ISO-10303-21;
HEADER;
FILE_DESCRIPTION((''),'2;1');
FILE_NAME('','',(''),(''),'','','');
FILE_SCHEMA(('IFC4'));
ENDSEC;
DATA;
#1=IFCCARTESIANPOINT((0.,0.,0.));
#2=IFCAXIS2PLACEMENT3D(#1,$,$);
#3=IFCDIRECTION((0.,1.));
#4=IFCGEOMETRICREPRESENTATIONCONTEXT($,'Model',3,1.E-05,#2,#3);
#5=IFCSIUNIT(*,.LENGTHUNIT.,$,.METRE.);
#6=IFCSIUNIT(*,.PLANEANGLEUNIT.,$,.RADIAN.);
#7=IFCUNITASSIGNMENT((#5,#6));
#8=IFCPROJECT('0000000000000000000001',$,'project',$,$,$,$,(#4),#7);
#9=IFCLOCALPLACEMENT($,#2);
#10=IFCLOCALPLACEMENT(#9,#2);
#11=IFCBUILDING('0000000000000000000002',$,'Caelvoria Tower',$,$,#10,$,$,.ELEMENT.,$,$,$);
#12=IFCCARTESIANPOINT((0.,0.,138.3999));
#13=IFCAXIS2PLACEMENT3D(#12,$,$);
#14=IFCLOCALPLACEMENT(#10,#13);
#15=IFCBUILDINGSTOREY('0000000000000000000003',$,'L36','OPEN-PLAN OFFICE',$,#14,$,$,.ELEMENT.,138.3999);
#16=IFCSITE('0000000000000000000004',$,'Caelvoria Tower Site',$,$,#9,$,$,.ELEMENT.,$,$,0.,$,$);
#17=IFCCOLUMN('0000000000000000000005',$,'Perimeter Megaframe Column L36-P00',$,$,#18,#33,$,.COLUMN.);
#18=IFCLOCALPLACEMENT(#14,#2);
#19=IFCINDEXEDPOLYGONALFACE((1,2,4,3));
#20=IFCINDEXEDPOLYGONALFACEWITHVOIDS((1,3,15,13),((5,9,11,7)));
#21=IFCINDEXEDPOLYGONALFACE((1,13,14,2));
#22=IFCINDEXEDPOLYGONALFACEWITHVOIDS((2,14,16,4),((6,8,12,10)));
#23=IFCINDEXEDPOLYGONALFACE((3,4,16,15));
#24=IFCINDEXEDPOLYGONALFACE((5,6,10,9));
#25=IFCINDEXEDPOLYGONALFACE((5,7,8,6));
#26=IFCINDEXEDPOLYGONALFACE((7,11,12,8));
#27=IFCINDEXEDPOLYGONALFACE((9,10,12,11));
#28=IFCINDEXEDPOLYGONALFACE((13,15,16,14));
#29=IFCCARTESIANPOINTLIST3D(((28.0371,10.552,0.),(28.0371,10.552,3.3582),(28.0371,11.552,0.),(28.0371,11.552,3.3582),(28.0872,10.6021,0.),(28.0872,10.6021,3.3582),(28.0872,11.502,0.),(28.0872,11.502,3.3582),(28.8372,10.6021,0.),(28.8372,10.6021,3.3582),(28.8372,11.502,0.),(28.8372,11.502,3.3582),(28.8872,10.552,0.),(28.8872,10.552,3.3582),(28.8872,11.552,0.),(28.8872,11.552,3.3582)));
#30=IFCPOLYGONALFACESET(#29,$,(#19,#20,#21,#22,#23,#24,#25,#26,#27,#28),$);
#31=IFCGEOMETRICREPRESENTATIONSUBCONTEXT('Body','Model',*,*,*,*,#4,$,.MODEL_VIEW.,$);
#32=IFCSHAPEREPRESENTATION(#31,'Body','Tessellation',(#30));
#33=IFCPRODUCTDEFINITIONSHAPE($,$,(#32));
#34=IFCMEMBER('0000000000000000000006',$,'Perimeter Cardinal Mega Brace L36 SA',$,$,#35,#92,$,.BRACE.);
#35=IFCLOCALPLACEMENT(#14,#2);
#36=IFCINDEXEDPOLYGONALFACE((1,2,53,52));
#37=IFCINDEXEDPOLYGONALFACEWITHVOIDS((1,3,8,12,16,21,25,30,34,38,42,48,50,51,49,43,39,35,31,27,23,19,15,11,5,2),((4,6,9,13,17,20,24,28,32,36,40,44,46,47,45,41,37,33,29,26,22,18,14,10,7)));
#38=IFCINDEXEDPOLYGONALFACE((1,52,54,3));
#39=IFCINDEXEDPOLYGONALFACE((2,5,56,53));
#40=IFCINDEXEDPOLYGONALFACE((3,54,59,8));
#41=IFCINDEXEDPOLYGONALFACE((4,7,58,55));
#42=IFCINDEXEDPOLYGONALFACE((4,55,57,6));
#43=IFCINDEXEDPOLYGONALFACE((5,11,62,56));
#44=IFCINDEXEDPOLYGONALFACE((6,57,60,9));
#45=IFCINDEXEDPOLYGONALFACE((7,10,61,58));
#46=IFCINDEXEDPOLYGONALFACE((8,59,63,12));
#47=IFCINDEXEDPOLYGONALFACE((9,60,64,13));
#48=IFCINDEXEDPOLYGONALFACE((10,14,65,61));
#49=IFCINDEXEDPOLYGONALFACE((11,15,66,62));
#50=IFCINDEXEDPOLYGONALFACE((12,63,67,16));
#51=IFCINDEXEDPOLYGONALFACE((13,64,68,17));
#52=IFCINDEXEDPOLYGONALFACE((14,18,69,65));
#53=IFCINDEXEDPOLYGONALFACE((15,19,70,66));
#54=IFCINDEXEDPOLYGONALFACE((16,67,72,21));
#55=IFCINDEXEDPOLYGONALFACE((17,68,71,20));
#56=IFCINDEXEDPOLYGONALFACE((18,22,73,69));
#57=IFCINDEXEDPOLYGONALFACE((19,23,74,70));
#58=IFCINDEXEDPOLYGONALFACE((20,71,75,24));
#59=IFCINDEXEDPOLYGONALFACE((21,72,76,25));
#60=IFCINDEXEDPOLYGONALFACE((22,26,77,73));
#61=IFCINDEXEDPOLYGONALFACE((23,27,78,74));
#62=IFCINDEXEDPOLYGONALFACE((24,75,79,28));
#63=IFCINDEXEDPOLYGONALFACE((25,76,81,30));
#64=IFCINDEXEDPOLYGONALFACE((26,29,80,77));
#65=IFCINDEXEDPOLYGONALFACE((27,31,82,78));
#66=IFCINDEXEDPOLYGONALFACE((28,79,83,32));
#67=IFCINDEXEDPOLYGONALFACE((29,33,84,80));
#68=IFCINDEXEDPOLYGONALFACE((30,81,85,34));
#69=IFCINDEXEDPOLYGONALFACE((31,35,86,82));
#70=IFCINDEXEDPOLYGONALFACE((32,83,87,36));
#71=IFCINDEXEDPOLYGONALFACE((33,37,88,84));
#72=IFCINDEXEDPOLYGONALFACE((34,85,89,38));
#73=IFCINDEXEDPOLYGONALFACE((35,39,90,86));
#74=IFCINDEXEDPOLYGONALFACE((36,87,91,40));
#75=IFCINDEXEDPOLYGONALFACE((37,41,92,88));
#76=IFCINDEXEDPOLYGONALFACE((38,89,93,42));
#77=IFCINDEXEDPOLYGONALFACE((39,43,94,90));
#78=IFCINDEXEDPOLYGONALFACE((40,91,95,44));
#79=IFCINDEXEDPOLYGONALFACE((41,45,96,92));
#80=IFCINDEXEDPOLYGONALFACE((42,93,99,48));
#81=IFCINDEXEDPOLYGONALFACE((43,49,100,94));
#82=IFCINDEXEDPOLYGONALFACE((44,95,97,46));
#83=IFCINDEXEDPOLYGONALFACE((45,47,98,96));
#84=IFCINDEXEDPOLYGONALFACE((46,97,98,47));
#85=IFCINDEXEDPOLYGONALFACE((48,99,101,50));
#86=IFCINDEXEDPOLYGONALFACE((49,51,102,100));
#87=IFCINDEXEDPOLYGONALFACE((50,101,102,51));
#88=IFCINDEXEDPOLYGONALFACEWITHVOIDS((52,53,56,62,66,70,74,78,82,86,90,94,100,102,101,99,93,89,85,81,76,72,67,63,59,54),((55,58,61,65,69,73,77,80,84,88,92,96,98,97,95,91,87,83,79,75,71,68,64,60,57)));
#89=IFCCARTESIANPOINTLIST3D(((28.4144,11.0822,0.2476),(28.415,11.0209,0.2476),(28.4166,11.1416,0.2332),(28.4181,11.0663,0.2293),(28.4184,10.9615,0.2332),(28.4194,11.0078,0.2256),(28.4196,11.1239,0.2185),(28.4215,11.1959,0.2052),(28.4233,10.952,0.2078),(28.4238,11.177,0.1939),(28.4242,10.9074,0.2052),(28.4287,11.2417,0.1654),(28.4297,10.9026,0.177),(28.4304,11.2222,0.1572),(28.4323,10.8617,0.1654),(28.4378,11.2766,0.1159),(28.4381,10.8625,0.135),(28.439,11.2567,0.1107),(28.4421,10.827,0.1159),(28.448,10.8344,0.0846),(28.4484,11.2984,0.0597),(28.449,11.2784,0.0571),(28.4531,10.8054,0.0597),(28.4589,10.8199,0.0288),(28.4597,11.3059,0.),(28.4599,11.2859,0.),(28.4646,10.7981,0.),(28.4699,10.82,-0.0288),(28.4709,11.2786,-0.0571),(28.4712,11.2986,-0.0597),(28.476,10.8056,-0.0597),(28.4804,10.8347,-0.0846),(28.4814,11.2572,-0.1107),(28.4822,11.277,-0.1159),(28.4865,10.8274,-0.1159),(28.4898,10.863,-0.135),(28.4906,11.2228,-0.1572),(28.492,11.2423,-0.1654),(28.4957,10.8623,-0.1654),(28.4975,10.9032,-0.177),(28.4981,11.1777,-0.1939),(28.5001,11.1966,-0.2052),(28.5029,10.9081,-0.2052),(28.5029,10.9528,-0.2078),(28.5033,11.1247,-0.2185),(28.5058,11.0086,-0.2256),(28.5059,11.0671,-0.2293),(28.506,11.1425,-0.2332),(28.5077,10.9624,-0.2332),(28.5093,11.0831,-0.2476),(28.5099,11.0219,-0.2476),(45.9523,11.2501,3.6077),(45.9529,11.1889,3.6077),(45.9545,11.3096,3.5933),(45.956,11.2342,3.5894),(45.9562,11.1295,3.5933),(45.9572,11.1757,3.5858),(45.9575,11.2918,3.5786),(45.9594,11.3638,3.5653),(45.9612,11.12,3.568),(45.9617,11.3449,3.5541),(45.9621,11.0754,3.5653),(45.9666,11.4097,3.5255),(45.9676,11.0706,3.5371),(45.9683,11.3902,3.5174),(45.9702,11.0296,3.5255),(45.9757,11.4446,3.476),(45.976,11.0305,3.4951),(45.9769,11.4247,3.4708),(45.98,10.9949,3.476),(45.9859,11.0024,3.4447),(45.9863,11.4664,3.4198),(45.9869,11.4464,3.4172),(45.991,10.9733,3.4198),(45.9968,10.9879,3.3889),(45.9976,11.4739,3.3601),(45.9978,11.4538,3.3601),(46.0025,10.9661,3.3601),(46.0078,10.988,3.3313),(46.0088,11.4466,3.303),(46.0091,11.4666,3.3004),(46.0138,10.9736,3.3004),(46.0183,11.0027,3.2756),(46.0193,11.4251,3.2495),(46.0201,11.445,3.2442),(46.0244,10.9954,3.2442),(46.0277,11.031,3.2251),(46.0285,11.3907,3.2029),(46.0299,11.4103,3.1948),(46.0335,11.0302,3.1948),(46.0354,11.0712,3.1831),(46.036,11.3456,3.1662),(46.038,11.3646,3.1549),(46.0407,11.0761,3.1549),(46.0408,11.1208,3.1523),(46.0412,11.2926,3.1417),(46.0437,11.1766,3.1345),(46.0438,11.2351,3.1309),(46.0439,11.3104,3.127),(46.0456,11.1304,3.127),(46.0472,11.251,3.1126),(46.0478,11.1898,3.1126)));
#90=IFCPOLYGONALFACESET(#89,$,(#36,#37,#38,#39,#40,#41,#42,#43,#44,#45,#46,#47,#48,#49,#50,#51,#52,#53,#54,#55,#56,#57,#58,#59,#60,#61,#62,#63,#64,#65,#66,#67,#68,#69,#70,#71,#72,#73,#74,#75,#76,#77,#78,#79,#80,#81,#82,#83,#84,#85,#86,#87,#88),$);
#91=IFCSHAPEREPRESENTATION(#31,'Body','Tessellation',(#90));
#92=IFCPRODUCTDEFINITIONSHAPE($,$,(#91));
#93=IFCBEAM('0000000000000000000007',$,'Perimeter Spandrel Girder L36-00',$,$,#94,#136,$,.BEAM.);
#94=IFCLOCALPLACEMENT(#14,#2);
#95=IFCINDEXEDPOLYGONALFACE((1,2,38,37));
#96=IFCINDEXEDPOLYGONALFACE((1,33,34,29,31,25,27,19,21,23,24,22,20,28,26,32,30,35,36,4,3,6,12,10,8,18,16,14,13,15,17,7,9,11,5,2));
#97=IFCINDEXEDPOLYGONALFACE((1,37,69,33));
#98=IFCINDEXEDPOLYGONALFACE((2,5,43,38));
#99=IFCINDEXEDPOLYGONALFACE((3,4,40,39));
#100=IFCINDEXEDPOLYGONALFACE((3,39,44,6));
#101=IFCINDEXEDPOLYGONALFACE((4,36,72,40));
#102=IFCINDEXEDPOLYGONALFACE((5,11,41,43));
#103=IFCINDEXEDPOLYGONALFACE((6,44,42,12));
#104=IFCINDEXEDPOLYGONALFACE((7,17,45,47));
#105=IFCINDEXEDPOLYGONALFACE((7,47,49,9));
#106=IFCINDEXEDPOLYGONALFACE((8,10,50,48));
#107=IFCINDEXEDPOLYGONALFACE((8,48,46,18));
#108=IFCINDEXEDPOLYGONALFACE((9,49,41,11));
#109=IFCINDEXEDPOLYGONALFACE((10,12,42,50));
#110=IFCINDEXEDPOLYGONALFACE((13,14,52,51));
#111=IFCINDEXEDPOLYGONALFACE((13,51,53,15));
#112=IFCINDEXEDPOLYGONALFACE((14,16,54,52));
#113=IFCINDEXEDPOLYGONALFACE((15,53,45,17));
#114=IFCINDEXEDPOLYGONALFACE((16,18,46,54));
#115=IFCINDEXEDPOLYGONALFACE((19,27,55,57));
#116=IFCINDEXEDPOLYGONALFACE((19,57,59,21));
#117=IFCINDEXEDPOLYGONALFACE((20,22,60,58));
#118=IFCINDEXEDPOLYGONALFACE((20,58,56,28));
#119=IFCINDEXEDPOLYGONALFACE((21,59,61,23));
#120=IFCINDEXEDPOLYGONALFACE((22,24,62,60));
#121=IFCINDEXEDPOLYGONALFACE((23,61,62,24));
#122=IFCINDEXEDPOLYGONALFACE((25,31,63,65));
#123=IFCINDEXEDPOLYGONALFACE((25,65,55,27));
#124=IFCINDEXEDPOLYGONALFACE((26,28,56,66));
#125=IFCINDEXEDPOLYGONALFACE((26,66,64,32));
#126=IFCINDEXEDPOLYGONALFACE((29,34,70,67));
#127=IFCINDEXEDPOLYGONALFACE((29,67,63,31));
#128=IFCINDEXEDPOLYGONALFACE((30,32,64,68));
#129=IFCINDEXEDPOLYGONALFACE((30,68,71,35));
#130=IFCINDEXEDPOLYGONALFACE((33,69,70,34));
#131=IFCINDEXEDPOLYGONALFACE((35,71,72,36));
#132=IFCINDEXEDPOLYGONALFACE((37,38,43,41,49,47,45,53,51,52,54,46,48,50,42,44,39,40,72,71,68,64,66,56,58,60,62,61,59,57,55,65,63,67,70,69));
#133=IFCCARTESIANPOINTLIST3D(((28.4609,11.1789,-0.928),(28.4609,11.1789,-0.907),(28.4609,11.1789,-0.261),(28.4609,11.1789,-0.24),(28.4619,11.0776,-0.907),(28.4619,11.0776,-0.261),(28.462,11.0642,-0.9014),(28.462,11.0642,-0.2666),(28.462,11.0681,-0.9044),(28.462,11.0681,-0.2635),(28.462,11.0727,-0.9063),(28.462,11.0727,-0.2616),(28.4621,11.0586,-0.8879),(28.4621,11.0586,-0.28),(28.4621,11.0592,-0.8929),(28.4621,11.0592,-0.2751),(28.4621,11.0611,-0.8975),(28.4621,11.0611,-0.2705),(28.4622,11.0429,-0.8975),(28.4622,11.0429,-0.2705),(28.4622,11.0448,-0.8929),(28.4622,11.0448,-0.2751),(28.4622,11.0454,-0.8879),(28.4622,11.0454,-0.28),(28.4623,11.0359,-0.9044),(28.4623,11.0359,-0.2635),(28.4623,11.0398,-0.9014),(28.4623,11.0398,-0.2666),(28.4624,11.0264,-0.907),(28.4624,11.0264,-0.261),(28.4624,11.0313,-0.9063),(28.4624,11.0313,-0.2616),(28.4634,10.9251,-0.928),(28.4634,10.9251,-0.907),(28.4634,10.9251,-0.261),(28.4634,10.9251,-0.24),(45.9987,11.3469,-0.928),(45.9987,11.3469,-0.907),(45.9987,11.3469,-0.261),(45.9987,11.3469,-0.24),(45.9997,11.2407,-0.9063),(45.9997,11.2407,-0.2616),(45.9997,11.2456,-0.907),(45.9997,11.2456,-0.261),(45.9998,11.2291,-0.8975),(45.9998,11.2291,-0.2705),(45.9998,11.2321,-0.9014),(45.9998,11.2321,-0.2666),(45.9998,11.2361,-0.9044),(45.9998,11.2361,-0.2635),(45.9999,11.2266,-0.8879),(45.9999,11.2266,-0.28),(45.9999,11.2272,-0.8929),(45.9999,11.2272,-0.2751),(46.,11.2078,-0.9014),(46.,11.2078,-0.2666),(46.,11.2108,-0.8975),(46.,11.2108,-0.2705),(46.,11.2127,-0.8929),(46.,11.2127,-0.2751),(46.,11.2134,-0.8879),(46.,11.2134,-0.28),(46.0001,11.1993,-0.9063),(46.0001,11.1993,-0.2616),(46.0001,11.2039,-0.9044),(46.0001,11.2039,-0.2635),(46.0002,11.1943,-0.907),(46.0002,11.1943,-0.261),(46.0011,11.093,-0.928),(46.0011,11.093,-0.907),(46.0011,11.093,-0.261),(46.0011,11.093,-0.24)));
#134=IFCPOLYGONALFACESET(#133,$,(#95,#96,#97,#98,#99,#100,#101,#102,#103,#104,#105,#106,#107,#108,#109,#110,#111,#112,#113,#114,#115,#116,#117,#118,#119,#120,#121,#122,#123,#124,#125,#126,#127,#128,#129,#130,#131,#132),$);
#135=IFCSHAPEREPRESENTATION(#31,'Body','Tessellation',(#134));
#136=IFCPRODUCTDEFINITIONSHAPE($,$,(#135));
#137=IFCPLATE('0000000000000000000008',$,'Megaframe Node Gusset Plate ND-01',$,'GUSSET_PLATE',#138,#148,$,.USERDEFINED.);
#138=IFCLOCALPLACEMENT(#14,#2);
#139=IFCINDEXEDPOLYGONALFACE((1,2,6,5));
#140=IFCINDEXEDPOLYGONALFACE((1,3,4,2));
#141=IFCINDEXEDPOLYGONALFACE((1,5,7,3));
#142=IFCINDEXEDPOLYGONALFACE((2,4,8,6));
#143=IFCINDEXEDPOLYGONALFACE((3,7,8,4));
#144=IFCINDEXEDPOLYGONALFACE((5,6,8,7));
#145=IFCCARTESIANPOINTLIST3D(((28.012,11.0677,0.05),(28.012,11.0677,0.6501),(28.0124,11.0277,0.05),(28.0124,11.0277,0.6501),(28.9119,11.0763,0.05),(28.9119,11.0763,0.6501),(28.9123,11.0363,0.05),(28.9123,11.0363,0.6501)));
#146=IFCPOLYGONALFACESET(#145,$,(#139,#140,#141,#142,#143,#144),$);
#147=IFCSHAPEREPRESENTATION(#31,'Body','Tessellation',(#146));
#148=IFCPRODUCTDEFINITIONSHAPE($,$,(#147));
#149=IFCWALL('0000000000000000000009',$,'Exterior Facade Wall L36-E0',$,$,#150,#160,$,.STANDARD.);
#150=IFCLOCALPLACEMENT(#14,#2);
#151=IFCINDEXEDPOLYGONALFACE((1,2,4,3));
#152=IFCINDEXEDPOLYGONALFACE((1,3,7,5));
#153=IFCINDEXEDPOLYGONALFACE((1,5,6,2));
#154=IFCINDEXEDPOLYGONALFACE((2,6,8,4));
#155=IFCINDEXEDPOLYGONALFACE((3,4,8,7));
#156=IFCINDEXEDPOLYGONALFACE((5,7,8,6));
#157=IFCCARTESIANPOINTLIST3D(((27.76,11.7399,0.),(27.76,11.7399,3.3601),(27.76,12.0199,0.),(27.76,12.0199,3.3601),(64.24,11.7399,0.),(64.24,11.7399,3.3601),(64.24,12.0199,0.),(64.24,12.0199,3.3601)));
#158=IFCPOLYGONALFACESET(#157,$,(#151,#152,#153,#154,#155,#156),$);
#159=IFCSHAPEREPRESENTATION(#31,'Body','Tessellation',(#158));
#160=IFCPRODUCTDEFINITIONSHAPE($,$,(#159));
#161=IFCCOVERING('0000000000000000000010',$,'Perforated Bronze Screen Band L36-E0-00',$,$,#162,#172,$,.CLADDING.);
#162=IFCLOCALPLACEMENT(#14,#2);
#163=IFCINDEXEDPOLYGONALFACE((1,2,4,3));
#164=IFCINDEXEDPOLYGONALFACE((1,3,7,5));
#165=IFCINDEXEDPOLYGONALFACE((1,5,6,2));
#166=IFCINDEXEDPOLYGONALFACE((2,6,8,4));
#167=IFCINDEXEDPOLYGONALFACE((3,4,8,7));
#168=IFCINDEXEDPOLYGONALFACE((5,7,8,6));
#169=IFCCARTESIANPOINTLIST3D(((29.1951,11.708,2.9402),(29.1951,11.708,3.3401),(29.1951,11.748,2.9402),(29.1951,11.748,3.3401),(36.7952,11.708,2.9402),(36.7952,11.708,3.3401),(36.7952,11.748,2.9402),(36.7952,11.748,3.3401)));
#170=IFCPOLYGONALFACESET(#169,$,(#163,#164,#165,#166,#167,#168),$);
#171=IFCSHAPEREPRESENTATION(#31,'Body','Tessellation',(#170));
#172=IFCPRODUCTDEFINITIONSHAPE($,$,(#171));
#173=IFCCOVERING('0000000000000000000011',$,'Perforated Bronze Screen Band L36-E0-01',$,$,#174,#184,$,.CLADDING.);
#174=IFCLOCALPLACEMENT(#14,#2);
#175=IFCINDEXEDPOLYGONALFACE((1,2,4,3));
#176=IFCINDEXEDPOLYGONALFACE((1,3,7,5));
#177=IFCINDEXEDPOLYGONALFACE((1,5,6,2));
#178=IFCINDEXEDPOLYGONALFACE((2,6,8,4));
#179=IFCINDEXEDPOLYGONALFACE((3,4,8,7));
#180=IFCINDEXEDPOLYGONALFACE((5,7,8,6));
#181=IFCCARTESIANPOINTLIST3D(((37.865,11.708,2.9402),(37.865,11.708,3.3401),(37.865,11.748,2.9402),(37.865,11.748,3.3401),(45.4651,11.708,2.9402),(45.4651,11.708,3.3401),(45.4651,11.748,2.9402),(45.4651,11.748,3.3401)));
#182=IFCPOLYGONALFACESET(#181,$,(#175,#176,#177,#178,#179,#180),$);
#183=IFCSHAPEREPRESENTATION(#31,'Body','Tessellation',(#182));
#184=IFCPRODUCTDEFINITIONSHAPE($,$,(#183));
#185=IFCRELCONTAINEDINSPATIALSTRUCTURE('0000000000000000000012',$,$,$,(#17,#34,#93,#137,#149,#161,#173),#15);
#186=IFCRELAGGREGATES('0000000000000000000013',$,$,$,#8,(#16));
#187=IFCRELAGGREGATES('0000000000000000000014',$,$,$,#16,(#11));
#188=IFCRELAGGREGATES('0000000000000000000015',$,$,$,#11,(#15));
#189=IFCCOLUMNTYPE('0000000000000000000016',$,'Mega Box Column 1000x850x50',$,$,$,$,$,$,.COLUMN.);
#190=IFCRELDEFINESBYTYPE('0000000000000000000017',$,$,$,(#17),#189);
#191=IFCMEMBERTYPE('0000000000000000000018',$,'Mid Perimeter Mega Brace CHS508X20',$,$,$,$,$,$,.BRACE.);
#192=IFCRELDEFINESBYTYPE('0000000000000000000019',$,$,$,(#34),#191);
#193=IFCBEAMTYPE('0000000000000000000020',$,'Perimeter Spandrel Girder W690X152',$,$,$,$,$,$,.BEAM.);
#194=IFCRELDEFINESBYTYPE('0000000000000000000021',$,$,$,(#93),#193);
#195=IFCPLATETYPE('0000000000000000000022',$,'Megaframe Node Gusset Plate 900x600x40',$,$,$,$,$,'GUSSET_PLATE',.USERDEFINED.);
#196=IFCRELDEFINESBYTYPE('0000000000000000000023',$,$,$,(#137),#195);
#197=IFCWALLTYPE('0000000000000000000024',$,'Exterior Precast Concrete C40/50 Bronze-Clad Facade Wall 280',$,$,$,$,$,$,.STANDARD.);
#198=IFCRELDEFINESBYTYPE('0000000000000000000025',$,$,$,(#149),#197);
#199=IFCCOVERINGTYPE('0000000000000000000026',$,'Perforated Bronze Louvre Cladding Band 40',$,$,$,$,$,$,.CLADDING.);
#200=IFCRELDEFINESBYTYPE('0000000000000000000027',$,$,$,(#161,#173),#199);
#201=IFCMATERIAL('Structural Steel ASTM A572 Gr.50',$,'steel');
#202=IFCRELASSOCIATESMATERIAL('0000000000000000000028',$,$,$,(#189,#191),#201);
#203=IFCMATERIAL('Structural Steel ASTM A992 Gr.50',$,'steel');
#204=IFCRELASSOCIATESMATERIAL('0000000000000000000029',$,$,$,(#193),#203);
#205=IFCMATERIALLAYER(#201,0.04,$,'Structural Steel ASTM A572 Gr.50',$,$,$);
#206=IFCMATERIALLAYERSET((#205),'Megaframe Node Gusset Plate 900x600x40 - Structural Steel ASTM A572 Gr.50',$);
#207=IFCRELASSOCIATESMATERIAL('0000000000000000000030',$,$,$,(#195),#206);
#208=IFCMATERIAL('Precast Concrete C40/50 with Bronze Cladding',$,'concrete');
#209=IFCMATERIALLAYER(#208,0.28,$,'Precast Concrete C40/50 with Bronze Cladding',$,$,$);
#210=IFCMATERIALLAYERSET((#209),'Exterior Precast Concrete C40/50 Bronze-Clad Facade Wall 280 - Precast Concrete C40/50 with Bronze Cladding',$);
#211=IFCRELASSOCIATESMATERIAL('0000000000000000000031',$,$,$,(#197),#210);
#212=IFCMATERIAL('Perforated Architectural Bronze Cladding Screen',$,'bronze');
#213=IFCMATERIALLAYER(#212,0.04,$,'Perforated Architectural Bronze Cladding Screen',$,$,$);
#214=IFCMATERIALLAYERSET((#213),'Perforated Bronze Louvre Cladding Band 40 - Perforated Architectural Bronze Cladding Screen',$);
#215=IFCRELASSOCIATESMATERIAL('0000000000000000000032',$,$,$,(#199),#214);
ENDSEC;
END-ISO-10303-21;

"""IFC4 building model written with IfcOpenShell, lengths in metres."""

from ifc_helpers import new_model, si_unit, direction, frame, frame_2d, origin, origin_2d, place, context, subcontext, project, spatial, rectangle, hollow_rectangle, hollow_circle, i_section, extrude, material, layer, layer_set, material_profile, profile_set, type_object, element, save


model = new_model("IFC4")

# Units and contexts
model_context = context("Model", 3, precision=1e-05, world=origin(), true_north=direction((0.0, 1.0)))
body_context = subcontext(model_context, "Body", "Model", "MODEL_VIEW")
ifc_project = project(units=[si_unit("LENGTHUNIT", "METRE"), si_unit("PLANEANGLEUNIT", "RADIAN")], contexts=[model_context])

# Site, building, storey
site_placement = place(None, origin())
site = spatial("IfcSite", under=ifc_project, at=site_placement, Name="Caelvoria Tower Site", CompositionType="ELEMENT", RefElevation=0.0)
building_placement = place(site_placement, origin())
building = spatial("IfcBuilding", under=site, at=building_placement, Name="Caelvoria Tower", CompositionType="ELEMENT")
storey_placement = place(building_placement, frame((0.0, 0.0, 138.3999)))
storey = spatial("IfcBuildingStorey", under=building, at=storey_placement, Name="L36", Description="OPEN-PLAN OFFICE", CompositionType="ELEMENT", Elevation=138.3999)

# Column
ifc_material_1 = material(Name="Structural Steel ASTM A572 Gr.50", Category="steel")
ifc_material_profile_1 = material_profile(ifc_material_1, hollow_rectangle(XDim=0.8501, YDim=1.0, WallThickness=0.05, at=origin_2d()), Name="Structural Steel ASTM A572 Gr.50")
ifc_profile_set_1 = profile_set([ifc_material_profile_1], Name="BOX1000X850X50 - Structural Steel ASTM A572 Gr.50")
column_type = type_object("IfcColumnType", Name="Mega Box Column 1000x850x50", PredefinedType="COLUMN", material=ifc_profile_set_1)
column_placement = place(storey_placement, frame((28.4622, 11.052, 0.0), z_axis=(0.0, 0.0, 1.0), x_axis=(1.0, 0.0, 0.0)))
element("IfcColumn", 1, at=column_placement, inside=storey, type_object=column_type, Name="Perimeter Megaframe Column L36-P00", PredefinedType="COLUMN", context=body_context, shape_type="SweptSolid", body=[
    extrude(hollow_rectangle(XDim=0.8501, YDim=1.0, WallThickness=0.05, at=origin_2d()), origin(), (0.0, 0.0, 1.0), 3.3582),
])

# Member
ifc_material_profile_2 = material_profile(ifc_material_1, hollow_circle(Radius=0.2539, WallThickness=0.02, at=origin_2d()), Name="Structural Steel ASTM A572 Gr.50")
ifc_profile_set_2 = profile_set([ifc_material_profile_2], Name="CHS508X20 - Structural Steel ASTM A572 Gr.50")
member_type = type_object("IfcMemberType", Name="Mid Perimeter Mega Brace CHS508X20", PredefinedType="BRACE", material=ifc_profile_set_2)
member_placement = place(storey_placement, frame((28.4622, 11.052, 0.0), z_axis=(0.982093, 0.009406, 0.188161), x_axis=(-0.009577, 0.999954, 0.0)))
element("IfcMember", 2, at=member_placement, inside=storey, type_object=member_type, Name="Perimeter Cardinal Mega Brace L36 SA", PredefinedType="BRACE", context=body_context, shape_type="SweptSolid", body=[
    extrude(hollow_circle(Radius=0.2539, WallThickness=0.02, at=origin_2d()), origin(), (0.0, 0.0, 1.0), 17.8577),
])

# Beam
ifc_material_2 = material(Name="Structural Steel ASTM A992 Gr.50", Category="steel")
ifc_material_profile_3 = material_profile(ifc_material_2, i_section(OverallWidth=0.2539, OverallDepth=0.688, WebThickness=0.0132, FlangeThickness=0.021, FilletRadius=0.019, at=origin_2d()), Name="Structural Steel ASTM A992 Gr.50")
ifc_profile_set_3 = profile_set([ifc_material_profile_3], Name="W690X152 - Structural Steel ASTM A992 Gr.50")
beam_type = type_object("IfcBeamType", Name="Perimeter Spandrel Girder W690X152", PredefinedType="BEAM", material=ifc_profile_set_3)
beam_placement = place(storey_placement, frame((28.4622, 11.052, -0.584), z_axis=(0.999954, 0.009577, 0.0), x_axis=(-0.009577, 0.999954, 0.0)))
element("IfcBeam", 3, at=beam_placement, inside=storey, type_object=beam_type, Name="Perimeter Spandrel Girder L36-00", PredefinedType="BEAM", context=body_context, shape_type="SweptSolid", body=[
    extrude(i_section(OverallWidth=0.2539, OverallDepth=0.688, WebThickness=0.0132, FlangeThickness=0.021, FilletRadius=0.019, at=origin_2d()), origin(), (0.0, 0.0, 1.0), 17.5386),
])

# Plate
ifc_layer_1 = layer(ifc_material_1, 0.04, Name="Structural Steel ASTM A572 Gr.50")
ifc_layer_set_1 = layer_set([ifc_layer_1], Name="Megaframe Node Gusset Plate 900x600x40 - Structural Steel ASTM A572 Gr.50")
plate_type = type_object("IfcPlateType", Name="Megaframe Node Gusset Plate 900x600x40", ElementType="GUSSET_PLATE", PredefinedType="USERDEFINED", material=ifc_layer_set_1)
plate_placement = place(storey_placement, frame((28.4622, 11.052, 0.05), z_axis=(0.0, 0.0, 1.0), x_axis=(0.999954, 0.009573, 0.0)))
element("IfcPlate", 4, at=plate_placement, inside=storey, type_object=plate_type, Name="Megaframe Node Gusset Plate ND-01", ObjectType="GUSSET_PLATE", PredefinedType="USERDEFINED", context=body_context, shape_type="SweptSolid", body=[
    extrude(rectangle(XDim=0.8999, YDim=0.04, at=origin_2d()), origin(), (0.0, 0.0, 1.0), 0.6001),
])

# Wall
ifc_material_3 = material(Name="Precast Concrete C40/50 with Bronze Cladding", Category="concrete")
ifc_layer_2 = layer(ifc_material_3, 0.28, Name="Precast Concrete C40/50 with Bronze Cladding")
ifc_layer_set_2 = layer_set([ifc_layer_2], Name="Exterior Precast Concrete C40/50 Bronze-Clad Facade Wall 280 - Precast Concrete C40/50 with Bronze Cladding")
wall_type = type_object("IfcWallType", Name="Exterior Precast Concrete C40/50 Bronze-Clad Facade Wall 280", PredefinedType="STANDARD", material=ifc_layer_set_2)
wall_placement = place(storey_placement, frame((27.76, 11.8799, 0.0), z_axis=(0.0, 0.0, 1.0), x_axis=(1.0, 0.0, 0.0)))
element("IfcWall", 5, at=wall_placement, inside=storey, type_object=wall_type, Name="Exterior Facade Wall L36-E0", PredefinedType="STANDARD", context=body_context, shape_type="SweptSolid", body=[
    extrude(rectangle(XDim=36.48, YDim=0.28, at=frame_2d((18.24, 0.0))), origin(), (0.0, 0.0, 1.0), 3.3601),
])

# Coverings
ifc_material_4 = material(Name="Perforated Architectural Bronze Cladding Screen", Category="bronze")
ifc_layer_3 = layer(ifc_material_4, 0.04, Name="Perforated Architectural Bronze Cladding Screen")
ifc_layer_set_3 = layer_set([ifc_layer_3], Name="Perforated Bronze Louvre Cladding Band 40 - Perforated Architectural Bronze Cladding Screen")
covering_type = type_object("IfcCoveringType", Name="Perforated Bronze Louvre Cladding Band 40", PredefinedType="CLADDING", material=ifc_layer_set_3)
for number, where, z_axis, x_axis, name in (
    (6, (32.9951, 11.728, 2.9402), (0.0, 0.0, 1.0), (1.0, 0.0, 0.0), "Perforated Bronze Screen Band L36-E0-00"),
    (7, (41.665, 11.728, 2.9402), (0.0, 0.0, 1.0), (1.0, 0.0, 0.0), "Perforated Bronze Screen Band L36-E0-01"),
):
    element("IfcCovering", number, at=place(storey_placement, frame(where, z_axis=z_axis, x_axis=x_axis)), inside=storey, type_object=covering_type, Name=name, PredefinedType="CLADDING", context=body_context, shape_type="SweptSolid", body=[
        extrude(rectangle(XDim=7.6001, YDim=0.04, at=origin_2d()), origin(), (0.0, 0.0, 1.0), 0.3999),
    ])

save(model, "model.ifc")
